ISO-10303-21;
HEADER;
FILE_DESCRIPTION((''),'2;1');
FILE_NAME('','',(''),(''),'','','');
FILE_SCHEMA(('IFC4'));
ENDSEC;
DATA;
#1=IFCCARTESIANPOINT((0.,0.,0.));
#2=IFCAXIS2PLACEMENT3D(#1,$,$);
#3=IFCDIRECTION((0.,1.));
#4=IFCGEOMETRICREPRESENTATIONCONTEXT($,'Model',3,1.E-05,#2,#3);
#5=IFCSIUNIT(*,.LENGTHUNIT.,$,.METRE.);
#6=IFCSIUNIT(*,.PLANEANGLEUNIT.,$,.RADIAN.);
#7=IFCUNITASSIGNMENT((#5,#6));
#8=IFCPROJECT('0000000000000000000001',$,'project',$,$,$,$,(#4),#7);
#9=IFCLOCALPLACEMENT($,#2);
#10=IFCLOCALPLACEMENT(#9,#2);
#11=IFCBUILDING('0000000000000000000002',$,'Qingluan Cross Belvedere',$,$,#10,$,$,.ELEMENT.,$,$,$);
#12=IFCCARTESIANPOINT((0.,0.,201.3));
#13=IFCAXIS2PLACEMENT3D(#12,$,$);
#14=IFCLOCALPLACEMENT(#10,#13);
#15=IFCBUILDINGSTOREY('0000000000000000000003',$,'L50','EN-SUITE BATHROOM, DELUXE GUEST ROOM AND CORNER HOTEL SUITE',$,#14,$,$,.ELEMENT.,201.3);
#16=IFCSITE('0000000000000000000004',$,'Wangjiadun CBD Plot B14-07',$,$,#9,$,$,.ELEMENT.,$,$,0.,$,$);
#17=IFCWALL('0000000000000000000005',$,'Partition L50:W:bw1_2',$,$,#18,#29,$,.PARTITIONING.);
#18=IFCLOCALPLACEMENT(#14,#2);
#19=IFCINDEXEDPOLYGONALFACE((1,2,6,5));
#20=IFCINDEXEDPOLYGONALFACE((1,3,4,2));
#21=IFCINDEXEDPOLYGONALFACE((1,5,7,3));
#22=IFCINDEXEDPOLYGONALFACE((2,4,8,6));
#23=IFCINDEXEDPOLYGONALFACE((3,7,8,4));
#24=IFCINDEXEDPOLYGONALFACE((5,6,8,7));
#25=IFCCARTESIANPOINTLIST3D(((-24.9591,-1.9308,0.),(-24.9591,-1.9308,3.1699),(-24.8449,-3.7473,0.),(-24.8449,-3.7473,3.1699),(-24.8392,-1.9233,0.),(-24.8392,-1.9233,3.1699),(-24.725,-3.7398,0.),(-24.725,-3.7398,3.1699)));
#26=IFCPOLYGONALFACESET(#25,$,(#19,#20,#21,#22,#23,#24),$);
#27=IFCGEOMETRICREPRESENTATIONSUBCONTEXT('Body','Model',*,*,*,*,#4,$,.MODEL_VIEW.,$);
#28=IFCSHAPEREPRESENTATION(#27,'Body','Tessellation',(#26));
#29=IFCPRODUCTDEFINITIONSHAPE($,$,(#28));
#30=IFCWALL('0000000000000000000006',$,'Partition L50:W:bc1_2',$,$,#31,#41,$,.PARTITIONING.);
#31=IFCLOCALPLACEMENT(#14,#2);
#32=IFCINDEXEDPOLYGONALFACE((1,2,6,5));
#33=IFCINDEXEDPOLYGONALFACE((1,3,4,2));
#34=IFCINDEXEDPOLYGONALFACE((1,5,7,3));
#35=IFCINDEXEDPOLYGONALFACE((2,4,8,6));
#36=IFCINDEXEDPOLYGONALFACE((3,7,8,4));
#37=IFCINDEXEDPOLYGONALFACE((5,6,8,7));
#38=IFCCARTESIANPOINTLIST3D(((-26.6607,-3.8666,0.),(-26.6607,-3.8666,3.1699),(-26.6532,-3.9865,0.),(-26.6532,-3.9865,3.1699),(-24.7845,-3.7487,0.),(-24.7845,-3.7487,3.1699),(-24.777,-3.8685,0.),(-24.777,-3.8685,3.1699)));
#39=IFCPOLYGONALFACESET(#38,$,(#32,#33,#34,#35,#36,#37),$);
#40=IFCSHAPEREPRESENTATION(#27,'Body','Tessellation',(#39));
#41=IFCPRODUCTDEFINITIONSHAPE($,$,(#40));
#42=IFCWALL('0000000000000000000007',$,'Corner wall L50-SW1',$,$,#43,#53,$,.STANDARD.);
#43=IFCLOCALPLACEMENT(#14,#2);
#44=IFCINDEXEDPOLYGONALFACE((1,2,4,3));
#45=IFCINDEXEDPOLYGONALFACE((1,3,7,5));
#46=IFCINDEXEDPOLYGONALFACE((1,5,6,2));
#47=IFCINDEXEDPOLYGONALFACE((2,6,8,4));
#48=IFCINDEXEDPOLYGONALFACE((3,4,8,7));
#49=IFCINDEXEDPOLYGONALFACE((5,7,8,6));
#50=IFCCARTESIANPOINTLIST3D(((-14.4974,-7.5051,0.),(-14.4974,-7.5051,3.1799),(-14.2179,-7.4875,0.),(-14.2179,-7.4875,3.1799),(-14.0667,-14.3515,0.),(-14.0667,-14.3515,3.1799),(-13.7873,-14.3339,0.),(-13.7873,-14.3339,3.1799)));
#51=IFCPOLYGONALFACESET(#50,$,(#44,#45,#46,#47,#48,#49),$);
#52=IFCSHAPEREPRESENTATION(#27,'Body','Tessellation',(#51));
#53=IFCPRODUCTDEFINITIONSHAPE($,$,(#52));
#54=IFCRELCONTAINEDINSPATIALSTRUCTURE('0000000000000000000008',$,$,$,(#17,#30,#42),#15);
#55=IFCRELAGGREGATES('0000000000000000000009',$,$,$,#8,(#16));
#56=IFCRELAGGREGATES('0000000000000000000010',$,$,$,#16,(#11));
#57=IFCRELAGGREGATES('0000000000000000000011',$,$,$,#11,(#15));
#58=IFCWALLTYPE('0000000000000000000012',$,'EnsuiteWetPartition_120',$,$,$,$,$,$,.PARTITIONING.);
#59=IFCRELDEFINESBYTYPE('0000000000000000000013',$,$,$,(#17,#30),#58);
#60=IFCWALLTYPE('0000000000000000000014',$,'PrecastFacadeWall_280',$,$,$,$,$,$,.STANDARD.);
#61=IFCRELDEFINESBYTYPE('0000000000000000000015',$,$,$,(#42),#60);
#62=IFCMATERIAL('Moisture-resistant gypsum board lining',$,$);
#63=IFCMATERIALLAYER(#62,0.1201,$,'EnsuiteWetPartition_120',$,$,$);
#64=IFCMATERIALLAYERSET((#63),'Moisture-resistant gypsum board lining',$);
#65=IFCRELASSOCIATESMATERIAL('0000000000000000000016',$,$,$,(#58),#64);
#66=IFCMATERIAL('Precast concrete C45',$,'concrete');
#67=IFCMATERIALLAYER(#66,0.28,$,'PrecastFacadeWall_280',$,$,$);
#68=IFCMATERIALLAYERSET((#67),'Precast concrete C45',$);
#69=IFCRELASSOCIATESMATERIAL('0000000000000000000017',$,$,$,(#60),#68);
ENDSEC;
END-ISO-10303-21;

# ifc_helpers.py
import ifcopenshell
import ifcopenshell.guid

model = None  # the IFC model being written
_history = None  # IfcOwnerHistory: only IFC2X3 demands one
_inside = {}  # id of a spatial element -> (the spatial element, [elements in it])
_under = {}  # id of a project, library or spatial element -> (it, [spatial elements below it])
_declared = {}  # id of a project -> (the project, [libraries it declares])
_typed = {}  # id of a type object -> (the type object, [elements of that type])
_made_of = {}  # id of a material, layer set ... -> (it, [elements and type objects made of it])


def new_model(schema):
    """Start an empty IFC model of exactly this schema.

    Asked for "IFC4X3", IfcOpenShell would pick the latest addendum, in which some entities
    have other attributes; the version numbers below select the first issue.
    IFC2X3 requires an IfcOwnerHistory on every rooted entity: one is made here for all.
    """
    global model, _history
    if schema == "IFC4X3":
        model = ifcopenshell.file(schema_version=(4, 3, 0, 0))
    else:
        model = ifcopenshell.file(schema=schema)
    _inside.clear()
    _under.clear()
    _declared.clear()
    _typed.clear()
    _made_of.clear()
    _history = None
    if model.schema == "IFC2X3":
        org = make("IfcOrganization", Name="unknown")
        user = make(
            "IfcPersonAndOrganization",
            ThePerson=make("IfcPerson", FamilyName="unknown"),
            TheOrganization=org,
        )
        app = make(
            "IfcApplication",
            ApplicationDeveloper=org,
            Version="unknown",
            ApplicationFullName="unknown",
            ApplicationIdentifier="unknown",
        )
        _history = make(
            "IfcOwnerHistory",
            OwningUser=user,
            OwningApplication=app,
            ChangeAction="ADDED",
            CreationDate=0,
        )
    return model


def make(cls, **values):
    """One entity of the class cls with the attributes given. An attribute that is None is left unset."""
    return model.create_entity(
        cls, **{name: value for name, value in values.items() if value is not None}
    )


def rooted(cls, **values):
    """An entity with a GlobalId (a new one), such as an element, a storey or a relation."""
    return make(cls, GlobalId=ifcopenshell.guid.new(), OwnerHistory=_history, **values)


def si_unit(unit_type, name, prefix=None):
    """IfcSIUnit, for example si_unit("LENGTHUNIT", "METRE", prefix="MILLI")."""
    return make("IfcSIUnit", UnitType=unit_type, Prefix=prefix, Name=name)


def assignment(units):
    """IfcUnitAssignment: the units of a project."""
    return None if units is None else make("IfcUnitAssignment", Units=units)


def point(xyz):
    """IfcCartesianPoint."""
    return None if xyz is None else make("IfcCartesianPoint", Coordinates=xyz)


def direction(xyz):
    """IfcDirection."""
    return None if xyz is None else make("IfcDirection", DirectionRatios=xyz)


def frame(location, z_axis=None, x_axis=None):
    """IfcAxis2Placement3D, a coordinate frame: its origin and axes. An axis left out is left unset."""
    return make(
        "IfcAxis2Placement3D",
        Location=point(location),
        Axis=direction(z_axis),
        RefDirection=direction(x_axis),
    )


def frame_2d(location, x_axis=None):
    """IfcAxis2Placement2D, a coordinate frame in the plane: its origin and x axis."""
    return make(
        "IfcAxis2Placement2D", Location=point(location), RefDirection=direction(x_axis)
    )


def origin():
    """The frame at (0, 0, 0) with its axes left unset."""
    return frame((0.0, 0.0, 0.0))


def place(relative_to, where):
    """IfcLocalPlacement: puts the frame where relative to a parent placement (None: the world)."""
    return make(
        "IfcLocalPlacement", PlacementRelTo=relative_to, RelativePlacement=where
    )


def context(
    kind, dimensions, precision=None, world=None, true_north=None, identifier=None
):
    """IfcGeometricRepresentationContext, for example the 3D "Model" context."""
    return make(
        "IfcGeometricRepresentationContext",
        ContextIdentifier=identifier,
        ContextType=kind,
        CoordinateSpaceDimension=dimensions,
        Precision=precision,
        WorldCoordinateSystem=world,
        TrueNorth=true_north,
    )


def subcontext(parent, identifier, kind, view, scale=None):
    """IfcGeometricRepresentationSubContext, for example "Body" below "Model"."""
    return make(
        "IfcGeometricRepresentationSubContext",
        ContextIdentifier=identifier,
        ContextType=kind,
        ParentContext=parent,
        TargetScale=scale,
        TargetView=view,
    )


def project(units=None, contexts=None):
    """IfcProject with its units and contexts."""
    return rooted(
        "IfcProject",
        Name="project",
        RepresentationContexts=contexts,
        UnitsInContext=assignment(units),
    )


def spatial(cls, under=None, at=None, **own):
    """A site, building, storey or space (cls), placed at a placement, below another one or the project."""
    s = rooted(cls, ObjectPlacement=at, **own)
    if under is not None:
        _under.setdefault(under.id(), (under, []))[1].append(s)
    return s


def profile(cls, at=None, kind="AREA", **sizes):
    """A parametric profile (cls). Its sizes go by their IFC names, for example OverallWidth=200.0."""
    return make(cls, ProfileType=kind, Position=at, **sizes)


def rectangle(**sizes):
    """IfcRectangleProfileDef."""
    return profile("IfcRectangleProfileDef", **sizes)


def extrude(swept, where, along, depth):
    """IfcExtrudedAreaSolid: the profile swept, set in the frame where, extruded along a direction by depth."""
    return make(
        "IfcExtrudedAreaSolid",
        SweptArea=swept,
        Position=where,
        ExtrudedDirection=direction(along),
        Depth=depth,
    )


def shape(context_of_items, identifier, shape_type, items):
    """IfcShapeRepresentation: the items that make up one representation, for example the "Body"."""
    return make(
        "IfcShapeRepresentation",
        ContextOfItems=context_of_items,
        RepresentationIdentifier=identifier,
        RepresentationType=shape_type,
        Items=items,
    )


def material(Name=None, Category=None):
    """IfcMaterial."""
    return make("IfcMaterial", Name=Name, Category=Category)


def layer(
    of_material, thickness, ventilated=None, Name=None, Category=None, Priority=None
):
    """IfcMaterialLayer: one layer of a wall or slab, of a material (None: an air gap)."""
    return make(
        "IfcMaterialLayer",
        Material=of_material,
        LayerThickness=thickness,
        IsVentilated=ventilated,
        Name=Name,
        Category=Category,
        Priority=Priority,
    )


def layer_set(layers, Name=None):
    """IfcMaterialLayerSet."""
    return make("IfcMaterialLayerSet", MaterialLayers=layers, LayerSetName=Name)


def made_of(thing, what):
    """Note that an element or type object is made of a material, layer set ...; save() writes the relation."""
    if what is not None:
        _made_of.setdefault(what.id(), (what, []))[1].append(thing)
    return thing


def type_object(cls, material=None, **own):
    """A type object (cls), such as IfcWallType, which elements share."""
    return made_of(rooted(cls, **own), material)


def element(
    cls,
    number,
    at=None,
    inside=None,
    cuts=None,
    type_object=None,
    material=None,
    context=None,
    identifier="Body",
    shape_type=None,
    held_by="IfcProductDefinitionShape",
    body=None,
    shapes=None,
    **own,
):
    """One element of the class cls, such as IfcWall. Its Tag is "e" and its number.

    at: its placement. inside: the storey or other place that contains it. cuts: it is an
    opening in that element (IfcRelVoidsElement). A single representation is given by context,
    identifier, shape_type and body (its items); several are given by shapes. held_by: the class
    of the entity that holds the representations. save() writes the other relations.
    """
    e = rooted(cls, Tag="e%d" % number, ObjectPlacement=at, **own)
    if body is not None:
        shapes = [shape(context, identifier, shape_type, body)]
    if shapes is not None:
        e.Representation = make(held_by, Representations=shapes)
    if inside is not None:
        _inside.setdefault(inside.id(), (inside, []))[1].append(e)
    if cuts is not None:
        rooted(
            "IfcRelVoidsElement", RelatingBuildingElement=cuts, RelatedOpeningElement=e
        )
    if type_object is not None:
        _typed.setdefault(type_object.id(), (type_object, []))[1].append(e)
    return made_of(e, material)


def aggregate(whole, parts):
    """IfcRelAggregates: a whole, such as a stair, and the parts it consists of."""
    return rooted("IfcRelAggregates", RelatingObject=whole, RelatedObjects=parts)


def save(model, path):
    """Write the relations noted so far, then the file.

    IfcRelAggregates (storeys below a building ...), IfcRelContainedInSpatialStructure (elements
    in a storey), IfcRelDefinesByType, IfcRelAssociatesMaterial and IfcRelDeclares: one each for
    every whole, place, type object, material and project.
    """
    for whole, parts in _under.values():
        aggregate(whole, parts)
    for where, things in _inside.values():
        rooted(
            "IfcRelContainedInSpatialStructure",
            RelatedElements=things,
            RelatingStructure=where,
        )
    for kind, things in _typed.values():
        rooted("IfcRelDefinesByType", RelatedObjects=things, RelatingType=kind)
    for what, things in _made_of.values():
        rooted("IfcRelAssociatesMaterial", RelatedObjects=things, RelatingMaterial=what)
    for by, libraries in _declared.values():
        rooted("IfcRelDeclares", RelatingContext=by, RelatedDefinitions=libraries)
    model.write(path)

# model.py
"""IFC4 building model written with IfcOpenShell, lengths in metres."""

from ifc_helpers import new_model, si_unit, direction, frame, frame_2d, origin, place, context, subcontext, project, spatial, rectangle, extrude, material, layer, layer_set, type_object, element, save


model = new_model("IFC4")

# Units and contexts
model_context = context("Model", 3, precision=1e-05, world=origin(), true_north=direction((0.0, 1.0)))
body_context = subcontext(model_context, "Body", "Model", "MODEL_VIEW")
ifc_project = project(units=[si_unit("LENGTHUNIT", "METRE"), si_unit("PLANEANGLEUNIT", "RADIAN")], contexts=[model_context])

# Site, building, storey
site_placement = place(None, origin())
site = spatial("IfcSite", under=ifc_project, at=site_placement, Name="Wangjiadun CBD Plot B14-07", CompositionType="ELEMENT", RefElevation=0.0)
building_placement = place(site_placement, origin())
building = spatial("IfcBuilding", under=site, at=building_placement, Name="Qingluan Cross Belvedere", CompositionType="ELEMENT")
storey_placement = place(building_placement, frame((0.0, 0.0, 201.3)))
storey = spatial("IfcBuildingStorey", under=building, at=storey_placement, Name="L50", Description="EN-SUITE BATHROOM, DELUXE GUEST ROOM AND CORNER HOTEL SUITE", CompositionType="ELEMENT", Elevation=201.3)

# Shared definitions
ifc_material_1 = material(Name="Moisture-resistant gypsum board lining")
ifc_layer_1 = layer(ifc_material_1, 0.1201, Name="EnsuiteWetPartition_120")
ifc_layer_set_1 = layer_set([ifc_layer_1], Name="Moisture-resistant gypsum board lining")
wall_type_1 = type_object("IfcWallType", Name="EnsuiteWetPartition_120", PredefinedType="PARTITIONING", material=ifc_layer_set_1)

# Walls
wall_1_placement = place(storey_placement, frame((-24.7849, -3.7437, 0.0), z_axis=(0.0, 0.0, 1.0), x_axis=(-0.062779, 0.998027, 0.0)))
element("IfcWall", 1, at=wall_1_placement, inside=storey, type_object=wall_type_1, Name="Partition L50:W:bw1_2", PredefinedType="PARTITIONING", context=body_context, shape_type="SweptSolid", body=[
    extrude(rectangle(XDim=1.8201, YDim=0.1201, at=frame_2d((0.9102, 0.0))), origin(), (0.0, 0.0, 1.0), 3.1699),
])
wall_2_placement = place(storey_placement, frame((-24.7808, -3.8086, 0.0), z_axis=(0.0, 0.0, 1.0), x_axis=(-0.998031, -0.062726, 0.0)))
element("IfcWall", 2, at=wall_2_placement, inside=storey, type_object=wall_type_1, Name="Partition L50:W:bc1_2", PredefinedType="PARTITIONING", context=body_context, shape_type="SweptSolid", body=[
    extrude(rectangle(XDim=1.8799, YDim=0.1201, at=frame_2d((0.9399, 0.0))), origin(), (0.0, 0.0, 1.0), 3.1699),
])
ifc_material_2 = material(Name="Precast concrete C45", Category="concrete")
ifc_layer_2 = layer(ifc_material_2, 0.28, Name="PrecastFacadeWall_280")
ifc_layer_set_2 = layer_set([ifc_layer_2], Name="Precast concrete C45")
wall_type_2 = type_object("IfcWallType", Name="PrecastFacadeWall_280", PredefinedType="STANDARD", material=ifc_layer_set_2)
wall_3_placement = place(storey_placement, frame((-14.3577, -7.4963, 0.0), z_axis=(0.0, 0.0, 1.0), x_axis=(0.062779, -0.998027, 0.0)))
element("IfcWall", 3, at=wall_3_placement, inside=storey, type_object=wall_type_2, Name="Corner wall L50-SW1", PredefinedType="STANDARD", context=body_context, shape_type="SweptSolid", body=[
    extrude(rectangle(XDim=6.8599, YDim=0.28, at=frame_2d((3.4299, 0.0))), origin(), (0.0, 0.0, 1.0), 3.1799),
])

save(model, "model.ifc")
